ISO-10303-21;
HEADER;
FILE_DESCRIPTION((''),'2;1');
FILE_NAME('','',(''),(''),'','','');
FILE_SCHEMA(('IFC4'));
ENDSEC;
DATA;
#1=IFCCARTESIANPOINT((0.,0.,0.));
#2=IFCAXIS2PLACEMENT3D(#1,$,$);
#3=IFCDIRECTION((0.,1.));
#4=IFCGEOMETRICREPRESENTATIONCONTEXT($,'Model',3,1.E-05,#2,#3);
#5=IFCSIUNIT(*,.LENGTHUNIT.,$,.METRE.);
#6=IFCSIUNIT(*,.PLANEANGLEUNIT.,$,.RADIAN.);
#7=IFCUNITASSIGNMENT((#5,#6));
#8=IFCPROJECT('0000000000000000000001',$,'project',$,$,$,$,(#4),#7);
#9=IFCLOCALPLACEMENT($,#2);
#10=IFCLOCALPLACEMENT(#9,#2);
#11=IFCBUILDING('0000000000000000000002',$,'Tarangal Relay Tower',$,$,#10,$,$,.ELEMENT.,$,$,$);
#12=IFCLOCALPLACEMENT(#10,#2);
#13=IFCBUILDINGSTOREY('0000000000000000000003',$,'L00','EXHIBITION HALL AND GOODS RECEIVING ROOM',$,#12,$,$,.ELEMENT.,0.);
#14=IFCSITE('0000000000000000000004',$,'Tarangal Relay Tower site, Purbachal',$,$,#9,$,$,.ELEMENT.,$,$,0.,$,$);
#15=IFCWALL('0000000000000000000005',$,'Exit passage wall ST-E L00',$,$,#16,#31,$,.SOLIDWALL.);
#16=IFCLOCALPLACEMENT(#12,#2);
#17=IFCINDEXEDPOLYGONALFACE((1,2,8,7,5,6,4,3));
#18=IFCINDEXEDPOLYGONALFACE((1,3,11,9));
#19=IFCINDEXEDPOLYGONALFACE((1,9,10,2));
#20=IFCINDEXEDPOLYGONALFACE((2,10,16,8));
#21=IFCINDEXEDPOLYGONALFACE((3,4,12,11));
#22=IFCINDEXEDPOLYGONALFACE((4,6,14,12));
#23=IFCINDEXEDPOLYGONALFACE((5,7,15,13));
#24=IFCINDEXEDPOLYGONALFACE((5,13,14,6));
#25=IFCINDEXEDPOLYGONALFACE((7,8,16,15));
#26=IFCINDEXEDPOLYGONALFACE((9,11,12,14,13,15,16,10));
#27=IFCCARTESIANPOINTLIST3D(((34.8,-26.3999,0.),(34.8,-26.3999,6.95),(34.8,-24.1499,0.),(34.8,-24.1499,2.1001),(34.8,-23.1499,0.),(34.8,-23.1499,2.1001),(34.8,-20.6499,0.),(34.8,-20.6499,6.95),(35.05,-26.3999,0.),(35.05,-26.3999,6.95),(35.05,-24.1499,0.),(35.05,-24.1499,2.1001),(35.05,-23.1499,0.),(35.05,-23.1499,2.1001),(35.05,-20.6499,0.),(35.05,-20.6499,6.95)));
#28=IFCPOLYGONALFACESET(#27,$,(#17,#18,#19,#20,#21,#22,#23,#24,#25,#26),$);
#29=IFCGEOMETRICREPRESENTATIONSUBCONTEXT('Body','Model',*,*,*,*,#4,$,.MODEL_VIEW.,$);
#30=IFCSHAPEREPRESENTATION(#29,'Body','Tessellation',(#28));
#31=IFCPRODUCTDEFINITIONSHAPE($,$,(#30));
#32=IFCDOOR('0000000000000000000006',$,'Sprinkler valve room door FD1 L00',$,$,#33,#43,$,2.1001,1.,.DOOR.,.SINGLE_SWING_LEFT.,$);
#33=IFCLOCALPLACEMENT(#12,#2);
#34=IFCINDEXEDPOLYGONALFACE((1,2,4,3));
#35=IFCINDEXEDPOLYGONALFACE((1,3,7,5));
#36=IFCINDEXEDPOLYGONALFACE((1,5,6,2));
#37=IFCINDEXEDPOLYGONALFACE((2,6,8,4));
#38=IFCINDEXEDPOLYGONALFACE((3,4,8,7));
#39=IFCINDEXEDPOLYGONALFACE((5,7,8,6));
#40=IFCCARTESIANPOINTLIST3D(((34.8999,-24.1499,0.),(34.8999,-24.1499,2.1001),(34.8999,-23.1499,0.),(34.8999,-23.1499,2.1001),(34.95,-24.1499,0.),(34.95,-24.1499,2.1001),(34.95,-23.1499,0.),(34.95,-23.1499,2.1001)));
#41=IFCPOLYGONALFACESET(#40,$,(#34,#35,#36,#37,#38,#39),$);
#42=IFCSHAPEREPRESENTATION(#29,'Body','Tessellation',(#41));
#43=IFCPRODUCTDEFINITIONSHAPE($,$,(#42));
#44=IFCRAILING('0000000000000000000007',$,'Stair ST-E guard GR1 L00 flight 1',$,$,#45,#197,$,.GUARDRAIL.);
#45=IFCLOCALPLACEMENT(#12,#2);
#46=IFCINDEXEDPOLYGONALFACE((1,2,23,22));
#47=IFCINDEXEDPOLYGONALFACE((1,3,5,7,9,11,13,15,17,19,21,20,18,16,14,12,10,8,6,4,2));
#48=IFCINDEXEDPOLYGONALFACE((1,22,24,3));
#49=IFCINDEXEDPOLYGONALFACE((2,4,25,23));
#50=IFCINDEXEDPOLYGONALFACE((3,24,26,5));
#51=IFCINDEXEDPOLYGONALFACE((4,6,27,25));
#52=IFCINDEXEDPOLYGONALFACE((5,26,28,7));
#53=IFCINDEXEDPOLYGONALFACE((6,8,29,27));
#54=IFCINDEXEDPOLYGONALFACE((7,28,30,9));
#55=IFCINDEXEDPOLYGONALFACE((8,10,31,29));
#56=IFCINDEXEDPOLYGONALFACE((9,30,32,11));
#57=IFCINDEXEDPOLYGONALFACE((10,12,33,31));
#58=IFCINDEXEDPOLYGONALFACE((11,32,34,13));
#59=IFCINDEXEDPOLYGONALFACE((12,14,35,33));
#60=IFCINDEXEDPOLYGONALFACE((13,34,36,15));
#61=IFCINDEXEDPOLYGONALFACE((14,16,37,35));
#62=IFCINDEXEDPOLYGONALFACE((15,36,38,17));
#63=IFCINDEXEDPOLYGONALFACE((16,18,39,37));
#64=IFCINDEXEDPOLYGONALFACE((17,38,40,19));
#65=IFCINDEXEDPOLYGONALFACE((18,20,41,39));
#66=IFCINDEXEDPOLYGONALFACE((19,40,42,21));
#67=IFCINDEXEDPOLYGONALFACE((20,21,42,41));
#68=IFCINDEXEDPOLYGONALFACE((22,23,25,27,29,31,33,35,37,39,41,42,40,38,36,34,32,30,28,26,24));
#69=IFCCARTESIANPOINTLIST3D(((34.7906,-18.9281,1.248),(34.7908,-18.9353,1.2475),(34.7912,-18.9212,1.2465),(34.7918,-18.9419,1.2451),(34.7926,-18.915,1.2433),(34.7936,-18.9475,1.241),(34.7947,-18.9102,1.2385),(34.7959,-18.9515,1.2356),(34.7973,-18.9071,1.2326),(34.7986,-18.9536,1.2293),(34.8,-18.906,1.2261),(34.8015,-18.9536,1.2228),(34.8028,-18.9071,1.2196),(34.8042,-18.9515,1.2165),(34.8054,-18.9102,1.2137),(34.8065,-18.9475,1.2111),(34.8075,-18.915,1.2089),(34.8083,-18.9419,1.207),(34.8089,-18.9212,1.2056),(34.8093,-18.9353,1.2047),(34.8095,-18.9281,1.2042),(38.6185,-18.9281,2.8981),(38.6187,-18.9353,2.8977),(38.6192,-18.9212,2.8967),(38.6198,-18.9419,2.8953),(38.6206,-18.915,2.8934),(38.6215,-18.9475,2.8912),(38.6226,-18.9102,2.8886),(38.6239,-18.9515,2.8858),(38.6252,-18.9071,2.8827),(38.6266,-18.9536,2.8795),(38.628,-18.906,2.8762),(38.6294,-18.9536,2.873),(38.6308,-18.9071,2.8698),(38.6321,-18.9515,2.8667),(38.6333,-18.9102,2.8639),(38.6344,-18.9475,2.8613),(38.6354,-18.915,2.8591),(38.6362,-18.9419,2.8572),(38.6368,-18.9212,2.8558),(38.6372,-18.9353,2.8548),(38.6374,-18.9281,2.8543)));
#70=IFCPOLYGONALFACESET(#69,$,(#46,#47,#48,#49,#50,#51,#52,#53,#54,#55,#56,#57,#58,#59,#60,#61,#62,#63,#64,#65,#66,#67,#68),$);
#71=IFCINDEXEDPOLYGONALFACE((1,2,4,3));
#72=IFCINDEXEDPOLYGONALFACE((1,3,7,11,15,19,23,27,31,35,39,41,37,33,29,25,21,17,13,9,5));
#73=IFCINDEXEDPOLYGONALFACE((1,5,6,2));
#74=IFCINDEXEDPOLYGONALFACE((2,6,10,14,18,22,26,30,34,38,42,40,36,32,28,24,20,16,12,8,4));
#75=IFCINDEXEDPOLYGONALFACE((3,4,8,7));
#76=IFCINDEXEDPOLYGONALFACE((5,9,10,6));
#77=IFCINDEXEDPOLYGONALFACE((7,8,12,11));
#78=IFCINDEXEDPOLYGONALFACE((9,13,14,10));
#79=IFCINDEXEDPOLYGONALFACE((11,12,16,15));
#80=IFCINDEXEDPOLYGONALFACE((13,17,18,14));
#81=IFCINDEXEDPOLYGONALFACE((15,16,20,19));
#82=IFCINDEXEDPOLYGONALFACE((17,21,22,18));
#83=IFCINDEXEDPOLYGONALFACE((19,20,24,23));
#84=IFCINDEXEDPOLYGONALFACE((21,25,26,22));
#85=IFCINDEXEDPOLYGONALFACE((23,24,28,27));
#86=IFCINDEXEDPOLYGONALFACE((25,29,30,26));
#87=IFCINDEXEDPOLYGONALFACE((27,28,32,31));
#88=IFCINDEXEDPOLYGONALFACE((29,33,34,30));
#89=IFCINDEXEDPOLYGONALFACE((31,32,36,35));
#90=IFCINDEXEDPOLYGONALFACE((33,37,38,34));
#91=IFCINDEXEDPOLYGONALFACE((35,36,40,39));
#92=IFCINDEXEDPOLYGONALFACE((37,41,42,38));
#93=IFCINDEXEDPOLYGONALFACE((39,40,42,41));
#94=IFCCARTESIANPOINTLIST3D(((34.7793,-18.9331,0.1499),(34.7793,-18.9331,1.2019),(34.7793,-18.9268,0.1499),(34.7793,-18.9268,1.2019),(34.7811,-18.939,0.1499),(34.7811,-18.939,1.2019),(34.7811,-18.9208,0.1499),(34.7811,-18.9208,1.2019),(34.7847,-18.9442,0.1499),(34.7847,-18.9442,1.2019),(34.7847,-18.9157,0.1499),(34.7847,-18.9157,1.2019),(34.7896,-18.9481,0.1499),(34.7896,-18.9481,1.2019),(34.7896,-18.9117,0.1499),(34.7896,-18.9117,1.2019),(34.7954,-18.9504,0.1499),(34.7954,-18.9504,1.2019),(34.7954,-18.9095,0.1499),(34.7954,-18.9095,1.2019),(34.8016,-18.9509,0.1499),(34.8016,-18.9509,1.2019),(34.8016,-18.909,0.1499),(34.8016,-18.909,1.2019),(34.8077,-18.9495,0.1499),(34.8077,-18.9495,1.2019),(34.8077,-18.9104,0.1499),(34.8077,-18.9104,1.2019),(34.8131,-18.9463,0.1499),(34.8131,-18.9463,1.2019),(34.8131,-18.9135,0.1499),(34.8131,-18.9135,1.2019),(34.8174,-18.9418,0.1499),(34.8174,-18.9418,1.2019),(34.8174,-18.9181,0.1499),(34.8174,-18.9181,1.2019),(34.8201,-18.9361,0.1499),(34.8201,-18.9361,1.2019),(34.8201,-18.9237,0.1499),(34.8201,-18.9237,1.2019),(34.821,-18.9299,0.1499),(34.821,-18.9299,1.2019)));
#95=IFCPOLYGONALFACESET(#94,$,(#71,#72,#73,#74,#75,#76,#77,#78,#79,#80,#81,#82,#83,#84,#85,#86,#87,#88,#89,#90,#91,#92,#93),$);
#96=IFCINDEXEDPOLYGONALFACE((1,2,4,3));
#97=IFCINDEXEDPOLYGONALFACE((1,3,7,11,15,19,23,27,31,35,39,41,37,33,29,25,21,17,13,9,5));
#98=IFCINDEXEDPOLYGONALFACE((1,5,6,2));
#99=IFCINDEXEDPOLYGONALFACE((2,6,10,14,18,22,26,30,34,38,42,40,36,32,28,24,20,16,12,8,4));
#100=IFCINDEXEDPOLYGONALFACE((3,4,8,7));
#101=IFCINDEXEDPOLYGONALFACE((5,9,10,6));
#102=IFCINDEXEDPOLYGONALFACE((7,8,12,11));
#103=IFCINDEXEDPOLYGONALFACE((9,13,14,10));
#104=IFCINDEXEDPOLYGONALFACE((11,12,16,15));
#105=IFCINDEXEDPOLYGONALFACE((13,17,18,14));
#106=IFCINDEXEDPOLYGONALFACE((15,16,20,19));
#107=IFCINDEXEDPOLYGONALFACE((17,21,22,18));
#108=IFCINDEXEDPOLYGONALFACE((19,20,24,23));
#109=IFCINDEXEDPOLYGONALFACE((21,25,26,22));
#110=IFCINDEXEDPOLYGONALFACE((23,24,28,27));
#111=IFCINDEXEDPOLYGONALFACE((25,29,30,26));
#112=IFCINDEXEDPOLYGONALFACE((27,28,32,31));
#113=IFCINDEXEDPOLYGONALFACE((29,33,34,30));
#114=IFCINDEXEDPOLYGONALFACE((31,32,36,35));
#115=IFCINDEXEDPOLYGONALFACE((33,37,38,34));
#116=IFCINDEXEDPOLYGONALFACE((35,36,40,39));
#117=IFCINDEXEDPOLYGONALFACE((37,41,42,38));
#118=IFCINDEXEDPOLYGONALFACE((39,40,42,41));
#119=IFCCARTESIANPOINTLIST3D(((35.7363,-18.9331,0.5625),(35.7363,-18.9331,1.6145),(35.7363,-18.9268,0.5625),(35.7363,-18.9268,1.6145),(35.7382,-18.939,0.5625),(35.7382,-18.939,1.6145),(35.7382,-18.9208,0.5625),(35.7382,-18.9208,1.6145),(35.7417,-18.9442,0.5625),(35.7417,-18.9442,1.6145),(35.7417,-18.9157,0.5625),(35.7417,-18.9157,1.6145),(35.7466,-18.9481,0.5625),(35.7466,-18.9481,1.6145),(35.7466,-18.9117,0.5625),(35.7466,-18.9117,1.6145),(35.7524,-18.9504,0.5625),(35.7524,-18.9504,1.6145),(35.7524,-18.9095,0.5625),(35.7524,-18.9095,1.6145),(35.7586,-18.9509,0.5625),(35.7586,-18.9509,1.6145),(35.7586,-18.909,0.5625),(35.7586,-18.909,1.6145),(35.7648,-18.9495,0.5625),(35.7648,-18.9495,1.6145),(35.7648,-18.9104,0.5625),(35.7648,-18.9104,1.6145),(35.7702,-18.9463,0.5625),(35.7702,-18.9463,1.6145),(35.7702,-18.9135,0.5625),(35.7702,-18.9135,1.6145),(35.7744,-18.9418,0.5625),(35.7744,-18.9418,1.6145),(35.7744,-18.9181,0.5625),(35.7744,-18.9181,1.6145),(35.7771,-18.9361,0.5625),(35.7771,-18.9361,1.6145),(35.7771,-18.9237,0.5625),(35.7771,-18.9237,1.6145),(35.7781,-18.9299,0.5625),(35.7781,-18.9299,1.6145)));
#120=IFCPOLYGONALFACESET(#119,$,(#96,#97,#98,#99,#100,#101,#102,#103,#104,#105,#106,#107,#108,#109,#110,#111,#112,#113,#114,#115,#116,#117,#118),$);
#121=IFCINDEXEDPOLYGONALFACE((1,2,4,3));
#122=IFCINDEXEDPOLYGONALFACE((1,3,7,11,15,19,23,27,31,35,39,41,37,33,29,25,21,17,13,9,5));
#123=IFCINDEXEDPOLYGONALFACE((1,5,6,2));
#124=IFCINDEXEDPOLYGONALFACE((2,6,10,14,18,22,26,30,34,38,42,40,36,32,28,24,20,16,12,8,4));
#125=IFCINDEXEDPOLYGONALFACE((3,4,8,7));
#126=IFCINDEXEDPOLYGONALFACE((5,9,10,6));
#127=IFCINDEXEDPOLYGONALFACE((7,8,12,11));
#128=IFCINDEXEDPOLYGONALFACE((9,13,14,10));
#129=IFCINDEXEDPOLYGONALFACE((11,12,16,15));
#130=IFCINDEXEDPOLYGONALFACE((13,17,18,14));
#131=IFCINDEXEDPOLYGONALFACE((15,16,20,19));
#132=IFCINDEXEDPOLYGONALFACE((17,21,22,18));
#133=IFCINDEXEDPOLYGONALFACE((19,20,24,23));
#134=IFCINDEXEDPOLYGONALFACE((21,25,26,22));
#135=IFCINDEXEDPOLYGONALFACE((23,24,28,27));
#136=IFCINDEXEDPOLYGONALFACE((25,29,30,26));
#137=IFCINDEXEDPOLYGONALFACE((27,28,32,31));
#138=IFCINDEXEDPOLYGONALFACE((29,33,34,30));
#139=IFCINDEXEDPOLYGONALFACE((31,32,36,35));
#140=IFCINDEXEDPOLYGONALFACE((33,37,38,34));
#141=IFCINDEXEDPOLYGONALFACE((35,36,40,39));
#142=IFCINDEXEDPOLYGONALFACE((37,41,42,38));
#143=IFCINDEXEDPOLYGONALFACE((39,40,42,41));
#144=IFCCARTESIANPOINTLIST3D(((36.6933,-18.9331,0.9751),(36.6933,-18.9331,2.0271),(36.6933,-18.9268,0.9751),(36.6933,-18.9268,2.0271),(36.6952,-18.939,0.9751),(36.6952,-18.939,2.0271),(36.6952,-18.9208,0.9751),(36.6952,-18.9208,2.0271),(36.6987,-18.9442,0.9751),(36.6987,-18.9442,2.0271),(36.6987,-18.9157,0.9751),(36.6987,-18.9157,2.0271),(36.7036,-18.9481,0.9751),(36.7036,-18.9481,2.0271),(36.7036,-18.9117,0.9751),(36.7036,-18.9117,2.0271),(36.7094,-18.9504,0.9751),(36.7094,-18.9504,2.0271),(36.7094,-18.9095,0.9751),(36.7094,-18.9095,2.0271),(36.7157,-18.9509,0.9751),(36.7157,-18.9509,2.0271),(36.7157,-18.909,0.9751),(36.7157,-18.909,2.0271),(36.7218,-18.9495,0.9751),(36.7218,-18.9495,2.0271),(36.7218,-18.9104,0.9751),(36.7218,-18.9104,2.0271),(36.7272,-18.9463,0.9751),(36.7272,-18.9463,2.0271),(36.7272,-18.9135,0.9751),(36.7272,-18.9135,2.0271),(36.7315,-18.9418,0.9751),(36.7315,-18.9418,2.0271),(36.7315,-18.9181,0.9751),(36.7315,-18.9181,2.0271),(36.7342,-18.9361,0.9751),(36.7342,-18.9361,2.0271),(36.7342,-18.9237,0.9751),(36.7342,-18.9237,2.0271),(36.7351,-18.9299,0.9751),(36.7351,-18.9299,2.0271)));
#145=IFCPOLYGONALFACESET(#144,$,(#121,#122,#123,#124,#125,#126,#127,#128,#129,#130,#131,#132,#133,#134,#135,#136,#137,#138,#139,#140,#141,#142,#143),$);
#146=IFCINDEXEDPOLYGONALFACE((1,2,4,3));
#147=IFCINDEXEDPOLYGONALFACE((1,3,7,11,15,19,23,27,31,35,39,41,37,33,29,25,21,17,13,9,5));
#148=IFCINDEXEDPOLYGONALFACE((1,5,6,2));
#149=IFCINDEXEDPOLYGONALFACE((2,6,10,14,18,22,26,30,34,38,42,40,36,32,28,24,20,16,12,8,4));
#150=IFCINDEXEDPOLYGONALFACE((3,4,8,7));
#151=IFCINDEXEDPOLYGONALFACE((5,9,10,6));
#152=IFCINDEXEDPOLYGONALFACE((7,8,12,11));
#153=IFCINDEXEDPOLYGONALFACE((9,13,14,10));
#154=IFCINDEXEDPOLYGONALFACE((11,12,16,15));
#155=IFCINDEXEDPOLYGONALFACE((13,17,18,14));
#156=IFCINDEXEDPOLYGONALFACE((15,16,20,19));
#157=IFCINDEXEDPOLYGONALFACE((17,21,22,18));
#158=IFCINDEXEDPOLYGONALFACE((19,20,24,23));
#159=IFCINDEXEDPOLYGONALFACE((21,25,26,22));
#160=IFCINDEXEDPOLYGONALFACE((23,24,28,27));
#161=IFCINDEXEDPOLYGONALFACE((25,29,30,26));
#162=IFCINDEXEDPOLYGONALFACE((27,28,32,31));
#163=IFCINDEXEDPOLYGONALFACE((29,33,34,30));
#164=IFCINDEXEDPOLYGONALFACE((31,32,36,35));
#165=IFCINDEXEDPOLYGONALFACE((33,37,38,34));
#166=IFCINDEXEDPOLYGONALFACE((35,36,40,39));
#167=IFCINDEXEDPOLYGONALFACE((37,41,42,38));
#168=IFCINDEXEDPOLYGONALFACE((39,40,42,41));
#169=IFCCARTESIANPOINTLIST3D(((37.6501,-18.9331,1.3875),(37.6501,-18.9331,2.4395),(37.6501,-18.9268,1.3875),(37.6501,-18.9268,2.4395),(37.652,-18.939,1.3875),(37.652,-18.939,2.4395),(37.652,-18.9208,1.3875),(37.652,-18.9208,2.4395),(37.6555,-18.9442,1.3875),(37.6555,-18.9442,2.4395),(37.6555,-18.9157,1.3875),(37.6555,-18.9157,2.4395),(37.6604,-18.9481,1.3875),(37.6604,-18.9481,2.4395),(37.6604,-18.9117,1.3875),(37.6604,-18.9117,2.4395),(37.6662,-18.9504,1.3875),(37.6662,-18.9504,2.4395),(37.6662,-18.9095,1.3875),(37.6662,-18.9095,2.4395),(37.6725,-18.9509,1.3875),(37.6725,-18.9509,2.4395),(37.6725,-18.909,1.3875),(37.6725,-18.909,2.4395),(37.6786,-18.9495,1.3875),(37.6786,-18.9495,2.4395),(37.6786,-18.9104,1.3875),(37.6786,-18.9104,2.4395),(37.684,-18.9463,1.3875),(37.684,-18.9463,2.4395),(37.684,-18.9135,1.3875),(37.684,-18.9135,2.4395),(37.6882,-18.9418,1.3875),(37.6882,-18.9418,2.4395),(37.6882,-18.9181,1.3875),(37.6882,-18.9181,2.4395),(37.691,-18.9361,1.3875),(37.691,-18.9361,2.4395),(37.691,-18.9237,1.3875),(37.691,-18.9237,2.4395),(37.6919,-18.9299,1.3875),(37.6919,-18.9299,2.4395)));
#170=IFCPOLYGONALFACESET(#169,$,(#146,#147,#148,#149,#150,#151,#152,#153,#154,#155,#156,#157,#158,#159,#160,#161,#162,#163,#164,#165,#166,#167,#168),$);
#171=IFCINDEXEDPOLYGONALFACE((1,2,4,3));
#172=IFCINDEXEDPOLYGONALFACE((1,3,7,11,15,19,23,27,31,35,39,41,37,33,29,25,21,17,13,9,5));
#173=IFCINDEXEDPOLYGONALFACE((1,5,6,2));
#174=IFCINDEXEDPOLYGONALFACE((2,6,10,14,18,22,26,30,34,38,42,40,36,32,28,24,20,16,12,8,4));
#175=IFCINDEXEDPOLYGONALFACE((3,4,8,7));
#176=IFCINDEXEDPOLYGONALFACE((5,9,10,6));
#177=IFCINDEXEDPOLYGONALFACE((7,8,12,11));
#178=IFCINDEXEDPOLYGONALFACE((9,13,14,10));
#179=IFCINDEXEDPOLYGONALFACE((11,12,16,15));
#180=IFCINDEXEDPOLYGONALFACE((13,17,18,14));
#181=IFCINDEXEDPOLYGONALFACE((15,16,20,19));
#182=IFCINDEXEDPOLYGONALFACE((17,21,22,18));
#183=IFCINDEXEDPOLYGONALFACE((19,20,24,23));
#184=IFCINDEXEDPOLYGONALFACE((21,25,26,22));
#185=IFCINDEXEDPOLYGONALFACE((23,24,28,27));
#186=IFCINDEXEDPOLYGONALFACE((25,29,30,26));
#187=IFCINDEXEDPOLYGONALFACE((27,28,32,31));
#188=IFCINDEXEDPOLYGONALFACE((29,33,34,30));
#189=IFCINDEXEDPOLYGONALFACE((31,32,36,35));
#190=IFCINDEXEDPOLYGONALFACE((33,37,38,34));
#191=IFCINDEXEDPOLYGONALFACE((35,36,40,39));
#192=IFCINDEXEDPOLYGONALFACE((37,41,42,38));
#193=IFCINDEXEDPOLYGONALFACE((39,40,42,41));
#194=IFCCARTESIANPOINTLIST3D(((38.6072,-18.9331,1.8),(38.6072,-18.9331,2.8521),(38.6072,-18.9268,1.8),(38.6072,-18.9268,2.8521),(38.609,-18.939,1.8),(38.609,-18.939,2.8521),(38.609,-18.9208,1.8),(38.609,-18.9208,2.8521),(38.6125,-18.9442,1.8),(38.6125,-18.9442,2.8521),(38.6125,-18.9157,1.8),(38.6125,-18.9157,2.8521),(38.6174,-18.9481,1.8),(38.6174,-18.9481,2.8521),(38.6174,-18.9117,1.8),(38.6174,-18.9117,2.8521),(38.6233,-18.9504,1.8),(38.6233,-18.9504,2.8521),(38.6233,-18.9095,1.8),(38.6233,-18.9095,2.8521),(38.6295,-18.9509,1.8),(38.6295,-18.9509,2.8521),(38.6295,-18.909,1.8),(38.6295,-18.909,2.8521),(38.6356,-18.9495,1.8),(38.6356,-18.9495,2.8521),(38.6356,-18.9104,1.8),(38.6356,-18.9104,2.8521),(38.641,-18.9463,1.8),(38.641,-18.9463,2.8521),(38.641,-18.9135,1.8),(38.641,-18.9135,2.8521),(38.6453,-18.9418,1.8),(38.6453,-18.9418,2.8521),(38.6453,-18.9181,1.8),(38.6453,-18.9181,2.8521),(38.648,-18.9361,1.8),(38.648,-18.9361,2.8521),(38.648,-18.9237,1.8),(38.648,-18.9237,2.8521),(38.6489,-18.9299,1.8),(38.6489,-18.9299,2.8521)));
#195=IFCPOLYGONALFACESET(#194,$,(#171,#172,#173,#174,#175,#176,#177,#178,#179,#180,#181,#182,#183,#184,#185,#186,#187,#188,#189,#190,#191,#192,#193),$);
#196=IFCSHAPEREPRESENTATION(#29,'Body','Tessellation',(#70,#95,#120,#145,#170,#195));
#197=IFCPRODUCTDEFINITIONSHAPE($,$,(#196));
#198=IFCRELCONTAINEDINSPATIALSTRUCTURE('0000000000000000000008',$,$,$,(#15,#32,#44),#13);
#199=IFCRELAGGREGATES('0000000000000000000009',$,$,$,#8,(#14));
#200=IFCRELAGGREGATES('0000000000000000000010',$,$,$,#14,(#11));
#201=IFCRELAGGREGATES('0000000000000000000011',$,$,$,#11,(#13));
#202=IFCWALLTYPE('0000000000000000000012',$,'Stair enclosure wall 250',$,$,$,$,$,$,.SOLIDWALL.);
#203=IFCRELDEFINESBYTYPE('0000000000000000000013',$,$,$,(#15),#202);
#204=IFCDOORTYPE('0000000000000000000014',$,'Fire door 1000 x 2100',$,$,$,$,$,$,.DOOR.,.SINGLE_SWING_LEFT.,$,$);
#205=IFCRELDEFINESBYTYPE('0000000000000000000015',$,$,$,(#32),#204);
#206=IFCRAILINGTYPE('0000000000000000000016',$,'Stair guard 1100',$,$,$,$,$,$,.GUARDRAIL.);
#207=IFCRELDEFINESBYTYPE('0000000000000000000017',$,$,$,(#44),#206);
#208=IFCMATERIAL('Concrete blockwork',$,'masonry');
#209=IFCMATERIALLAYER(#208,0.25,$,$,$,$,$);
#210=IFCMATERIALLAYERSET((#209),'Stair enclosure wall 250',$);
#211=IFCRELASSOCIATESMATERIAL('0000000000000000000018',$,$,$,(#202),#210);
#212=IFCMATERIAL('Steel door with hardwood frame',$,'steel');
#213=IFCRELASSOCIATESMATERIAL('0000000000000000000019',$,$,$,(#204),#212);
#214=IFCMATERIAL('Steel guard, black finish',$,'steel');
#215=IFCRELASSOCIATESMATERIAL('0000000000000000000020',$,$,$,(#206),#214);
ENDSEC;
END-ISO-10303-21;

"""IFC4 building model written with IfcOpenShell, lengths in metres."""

from ifc_helpers import new_model, si_unit, direction, frame, frame_2d, origin, origin_2d, place, context, subcontext, project, spatial, rectangle, circle, extrude, material, layer, layer_set, type_object, element, fill, save


model = new_model("IFC4")

# Units and contexts
model_context = context("Model", 3, precision=1e-05, world=origin(), true_north=direction((0.0, 1.0)))
body_context = subcontext(model_context, "Body", "Model", "MODEL_VIEW")
ifc_project = project(units=[si_unit("LENGTHUNIT", "METRE"), si_unit("PLANEANGLEUNIT", "RADIAN")], contexts=[model_context])

# Site, building, storey
site_placement = place(None, origin())
site = spatial("IfcSite", under=ifc_project, at=site_placement, Name="Tarangal Relay Tower site, Purbachal", CompositionType="ELEMENT", RefElevation=0.0)
building_placement = place(site_placement, origin())
building = spatial("IfcBuilding", under=site, at=building_placement, Name="Tarangal Relay Tower", CompositionType="ELEMENT")
storey_placement = place(building_placement, origin())
storey = spatial("IfcBuildingStorey", under=building, at=storey_placement, Name="L00", Description="EXHIBITION HALL AND GOODS RECEIVING ROOM", CompositionType="ELEMENT", Elevation=0.0)

# Shared definitions
ifc_material_1 = material(Name="Concrete blockwork", Category="masonry")
ifc_layer_1 = layer(ifc_material_1, 0.25)
ifc_layer_set_1 = layer_set([ifc_layer_1], Name="Stair enclosure wall 250")
wall_type_1 = type_object("IfcWallType", Name="Stair enclosure wall 250", PredefinedType="SOLIDWALL", material=ifc_layer_set_1)

# Wall, opening, door
wall_1_placement = place(storey_placement, frame((34.925, -20.6499, 0.0), z_axis=(0.0, 0.0, 1.0), x_axis=(0.0, -1.0, 0.0)))
wall_1 = element("IfcWall", 1, at=wall_1_placement, inside=storey, type_object=wall_type_1, Name="Exit passage wall ST-E L00", PredefinedType="SOLIDWALL", context=body_context, shape_type="SweptSolid", body=[
    extrude(rectangle(XDim=5.75, YDim=0.25, at=frame_2d((2.875, 0.0))), origin(), (0.0, 0.0, 1.0), 6.95),
])
opening_1_placement = place(wall_1_placement, frame((2.5, 0.0, 0.0)))
opening_1 = element("IfcOpeningElement", 2, at=opening_1_placement, cuts=wall_1, PredefinedType="OPENING", context=body_context, shape_type="SweptSolid", body=[
    extrude(rectangle(XDim=1.0, YDim=2.1001, at=frame_2d((0.5, 1.05))), frame((0.0, 0.135, 0.0), z_axis=(0.0, -1.0, 0.0), x_axis=(1.0, 0.0, 0.0)), (0.0, 0.0, 1.0), 0.27),
])
ifc_material_2 = material(Name="Steel door with hardwood frame", Category="steel")
door_type_1 = type_object("IfcDoorType", Name="Fire door 1000 x 2100", OperationType="SINGLE_SWING_LEFT", PredefinedType="DOOR", material=ifc_material_2)
door_1_placement = place(opening_1_placement, origin())
door_1 = element("IfcDoor", 3, at=door_1_placement, inside=storey, type_object=door_type_1, Name="Sprinkler valve room door FD1 L00", OperationType="SINGLE_SWING_LEFT", OverallHeight=2.1001, OverallWidth=1.0, PredefinedType="DOOR", context=body_context, shape_type="SweptSolid", body=[
    extrude(rectangle(XDim=1.0, YDim=2.1001, at=frame_2d((0.5, 1.05))), frame((0.0, 0.0249, 0.0), z_axis=(0.0, -1.0, 0.0), x_axis=(1.0, 0.0, 0.0)), (0.0, 0.0, 1.0), 0.05),
])
fill(opening_1, door_1)

# Railing
ifc_material_3 = material(Name="Steel guard, black finish", Category="steel")
railing_type = type_object("IfcRailingType", Name="Stair guard 1100", PredefinedType="GUARDRAIL", material=ifc_material_3)
railing_1_placement = place(storey_placement, frame((34.8, -18.9299, 0.1499)))
element("IfcRailing", 4, at=railing_1_placement, inside=storey, type_object=railing_type, Name="Stair ST-E guard GR1 L00 flight 1", PredefinedType="GUARDRAIL", context=body_context, shape_type="SweptSolid", body=[
    extrude(circle(Radius=0.0239, at=origin_2d()), frame((0.0, 0.0, 1.0762), z_axis=(0.918307, 0.0, 0.395869), x_axis=(0.0, 1.0, 0.0)), (0.0, 0.0, 1.0), 4.1685),
    extrude(circle(Radius=0.021, at=origin_2d()), origin(), (0.0, 0.0, 1.0), 1.052),
    extrude(circle(Radius=0.021, at=origin_2d()), frame((0.957, 0.0, 0.4126)), (0.0, 0.0, 1.0), 1.052),
    extrude(circle(Radius=0.021, at=origin_2d()), frame((1.9141, 0.0, 0.8252)), (0.0, 0.0, 1.0), 1.052),
    extrude(circle(Radius=0.021, at=origin_2d()), frame((2.8708, 0.0, 1.2375)), (0.0, 0.0, 1.0), 1.052),
    extrude(circle(Radius=0.021, at=origin_2d()), frame((3.8279, 0.0, 1.6501)), (0.0, 0.0, 1.0), 1.052),
])

save(model, "model.ifc")
